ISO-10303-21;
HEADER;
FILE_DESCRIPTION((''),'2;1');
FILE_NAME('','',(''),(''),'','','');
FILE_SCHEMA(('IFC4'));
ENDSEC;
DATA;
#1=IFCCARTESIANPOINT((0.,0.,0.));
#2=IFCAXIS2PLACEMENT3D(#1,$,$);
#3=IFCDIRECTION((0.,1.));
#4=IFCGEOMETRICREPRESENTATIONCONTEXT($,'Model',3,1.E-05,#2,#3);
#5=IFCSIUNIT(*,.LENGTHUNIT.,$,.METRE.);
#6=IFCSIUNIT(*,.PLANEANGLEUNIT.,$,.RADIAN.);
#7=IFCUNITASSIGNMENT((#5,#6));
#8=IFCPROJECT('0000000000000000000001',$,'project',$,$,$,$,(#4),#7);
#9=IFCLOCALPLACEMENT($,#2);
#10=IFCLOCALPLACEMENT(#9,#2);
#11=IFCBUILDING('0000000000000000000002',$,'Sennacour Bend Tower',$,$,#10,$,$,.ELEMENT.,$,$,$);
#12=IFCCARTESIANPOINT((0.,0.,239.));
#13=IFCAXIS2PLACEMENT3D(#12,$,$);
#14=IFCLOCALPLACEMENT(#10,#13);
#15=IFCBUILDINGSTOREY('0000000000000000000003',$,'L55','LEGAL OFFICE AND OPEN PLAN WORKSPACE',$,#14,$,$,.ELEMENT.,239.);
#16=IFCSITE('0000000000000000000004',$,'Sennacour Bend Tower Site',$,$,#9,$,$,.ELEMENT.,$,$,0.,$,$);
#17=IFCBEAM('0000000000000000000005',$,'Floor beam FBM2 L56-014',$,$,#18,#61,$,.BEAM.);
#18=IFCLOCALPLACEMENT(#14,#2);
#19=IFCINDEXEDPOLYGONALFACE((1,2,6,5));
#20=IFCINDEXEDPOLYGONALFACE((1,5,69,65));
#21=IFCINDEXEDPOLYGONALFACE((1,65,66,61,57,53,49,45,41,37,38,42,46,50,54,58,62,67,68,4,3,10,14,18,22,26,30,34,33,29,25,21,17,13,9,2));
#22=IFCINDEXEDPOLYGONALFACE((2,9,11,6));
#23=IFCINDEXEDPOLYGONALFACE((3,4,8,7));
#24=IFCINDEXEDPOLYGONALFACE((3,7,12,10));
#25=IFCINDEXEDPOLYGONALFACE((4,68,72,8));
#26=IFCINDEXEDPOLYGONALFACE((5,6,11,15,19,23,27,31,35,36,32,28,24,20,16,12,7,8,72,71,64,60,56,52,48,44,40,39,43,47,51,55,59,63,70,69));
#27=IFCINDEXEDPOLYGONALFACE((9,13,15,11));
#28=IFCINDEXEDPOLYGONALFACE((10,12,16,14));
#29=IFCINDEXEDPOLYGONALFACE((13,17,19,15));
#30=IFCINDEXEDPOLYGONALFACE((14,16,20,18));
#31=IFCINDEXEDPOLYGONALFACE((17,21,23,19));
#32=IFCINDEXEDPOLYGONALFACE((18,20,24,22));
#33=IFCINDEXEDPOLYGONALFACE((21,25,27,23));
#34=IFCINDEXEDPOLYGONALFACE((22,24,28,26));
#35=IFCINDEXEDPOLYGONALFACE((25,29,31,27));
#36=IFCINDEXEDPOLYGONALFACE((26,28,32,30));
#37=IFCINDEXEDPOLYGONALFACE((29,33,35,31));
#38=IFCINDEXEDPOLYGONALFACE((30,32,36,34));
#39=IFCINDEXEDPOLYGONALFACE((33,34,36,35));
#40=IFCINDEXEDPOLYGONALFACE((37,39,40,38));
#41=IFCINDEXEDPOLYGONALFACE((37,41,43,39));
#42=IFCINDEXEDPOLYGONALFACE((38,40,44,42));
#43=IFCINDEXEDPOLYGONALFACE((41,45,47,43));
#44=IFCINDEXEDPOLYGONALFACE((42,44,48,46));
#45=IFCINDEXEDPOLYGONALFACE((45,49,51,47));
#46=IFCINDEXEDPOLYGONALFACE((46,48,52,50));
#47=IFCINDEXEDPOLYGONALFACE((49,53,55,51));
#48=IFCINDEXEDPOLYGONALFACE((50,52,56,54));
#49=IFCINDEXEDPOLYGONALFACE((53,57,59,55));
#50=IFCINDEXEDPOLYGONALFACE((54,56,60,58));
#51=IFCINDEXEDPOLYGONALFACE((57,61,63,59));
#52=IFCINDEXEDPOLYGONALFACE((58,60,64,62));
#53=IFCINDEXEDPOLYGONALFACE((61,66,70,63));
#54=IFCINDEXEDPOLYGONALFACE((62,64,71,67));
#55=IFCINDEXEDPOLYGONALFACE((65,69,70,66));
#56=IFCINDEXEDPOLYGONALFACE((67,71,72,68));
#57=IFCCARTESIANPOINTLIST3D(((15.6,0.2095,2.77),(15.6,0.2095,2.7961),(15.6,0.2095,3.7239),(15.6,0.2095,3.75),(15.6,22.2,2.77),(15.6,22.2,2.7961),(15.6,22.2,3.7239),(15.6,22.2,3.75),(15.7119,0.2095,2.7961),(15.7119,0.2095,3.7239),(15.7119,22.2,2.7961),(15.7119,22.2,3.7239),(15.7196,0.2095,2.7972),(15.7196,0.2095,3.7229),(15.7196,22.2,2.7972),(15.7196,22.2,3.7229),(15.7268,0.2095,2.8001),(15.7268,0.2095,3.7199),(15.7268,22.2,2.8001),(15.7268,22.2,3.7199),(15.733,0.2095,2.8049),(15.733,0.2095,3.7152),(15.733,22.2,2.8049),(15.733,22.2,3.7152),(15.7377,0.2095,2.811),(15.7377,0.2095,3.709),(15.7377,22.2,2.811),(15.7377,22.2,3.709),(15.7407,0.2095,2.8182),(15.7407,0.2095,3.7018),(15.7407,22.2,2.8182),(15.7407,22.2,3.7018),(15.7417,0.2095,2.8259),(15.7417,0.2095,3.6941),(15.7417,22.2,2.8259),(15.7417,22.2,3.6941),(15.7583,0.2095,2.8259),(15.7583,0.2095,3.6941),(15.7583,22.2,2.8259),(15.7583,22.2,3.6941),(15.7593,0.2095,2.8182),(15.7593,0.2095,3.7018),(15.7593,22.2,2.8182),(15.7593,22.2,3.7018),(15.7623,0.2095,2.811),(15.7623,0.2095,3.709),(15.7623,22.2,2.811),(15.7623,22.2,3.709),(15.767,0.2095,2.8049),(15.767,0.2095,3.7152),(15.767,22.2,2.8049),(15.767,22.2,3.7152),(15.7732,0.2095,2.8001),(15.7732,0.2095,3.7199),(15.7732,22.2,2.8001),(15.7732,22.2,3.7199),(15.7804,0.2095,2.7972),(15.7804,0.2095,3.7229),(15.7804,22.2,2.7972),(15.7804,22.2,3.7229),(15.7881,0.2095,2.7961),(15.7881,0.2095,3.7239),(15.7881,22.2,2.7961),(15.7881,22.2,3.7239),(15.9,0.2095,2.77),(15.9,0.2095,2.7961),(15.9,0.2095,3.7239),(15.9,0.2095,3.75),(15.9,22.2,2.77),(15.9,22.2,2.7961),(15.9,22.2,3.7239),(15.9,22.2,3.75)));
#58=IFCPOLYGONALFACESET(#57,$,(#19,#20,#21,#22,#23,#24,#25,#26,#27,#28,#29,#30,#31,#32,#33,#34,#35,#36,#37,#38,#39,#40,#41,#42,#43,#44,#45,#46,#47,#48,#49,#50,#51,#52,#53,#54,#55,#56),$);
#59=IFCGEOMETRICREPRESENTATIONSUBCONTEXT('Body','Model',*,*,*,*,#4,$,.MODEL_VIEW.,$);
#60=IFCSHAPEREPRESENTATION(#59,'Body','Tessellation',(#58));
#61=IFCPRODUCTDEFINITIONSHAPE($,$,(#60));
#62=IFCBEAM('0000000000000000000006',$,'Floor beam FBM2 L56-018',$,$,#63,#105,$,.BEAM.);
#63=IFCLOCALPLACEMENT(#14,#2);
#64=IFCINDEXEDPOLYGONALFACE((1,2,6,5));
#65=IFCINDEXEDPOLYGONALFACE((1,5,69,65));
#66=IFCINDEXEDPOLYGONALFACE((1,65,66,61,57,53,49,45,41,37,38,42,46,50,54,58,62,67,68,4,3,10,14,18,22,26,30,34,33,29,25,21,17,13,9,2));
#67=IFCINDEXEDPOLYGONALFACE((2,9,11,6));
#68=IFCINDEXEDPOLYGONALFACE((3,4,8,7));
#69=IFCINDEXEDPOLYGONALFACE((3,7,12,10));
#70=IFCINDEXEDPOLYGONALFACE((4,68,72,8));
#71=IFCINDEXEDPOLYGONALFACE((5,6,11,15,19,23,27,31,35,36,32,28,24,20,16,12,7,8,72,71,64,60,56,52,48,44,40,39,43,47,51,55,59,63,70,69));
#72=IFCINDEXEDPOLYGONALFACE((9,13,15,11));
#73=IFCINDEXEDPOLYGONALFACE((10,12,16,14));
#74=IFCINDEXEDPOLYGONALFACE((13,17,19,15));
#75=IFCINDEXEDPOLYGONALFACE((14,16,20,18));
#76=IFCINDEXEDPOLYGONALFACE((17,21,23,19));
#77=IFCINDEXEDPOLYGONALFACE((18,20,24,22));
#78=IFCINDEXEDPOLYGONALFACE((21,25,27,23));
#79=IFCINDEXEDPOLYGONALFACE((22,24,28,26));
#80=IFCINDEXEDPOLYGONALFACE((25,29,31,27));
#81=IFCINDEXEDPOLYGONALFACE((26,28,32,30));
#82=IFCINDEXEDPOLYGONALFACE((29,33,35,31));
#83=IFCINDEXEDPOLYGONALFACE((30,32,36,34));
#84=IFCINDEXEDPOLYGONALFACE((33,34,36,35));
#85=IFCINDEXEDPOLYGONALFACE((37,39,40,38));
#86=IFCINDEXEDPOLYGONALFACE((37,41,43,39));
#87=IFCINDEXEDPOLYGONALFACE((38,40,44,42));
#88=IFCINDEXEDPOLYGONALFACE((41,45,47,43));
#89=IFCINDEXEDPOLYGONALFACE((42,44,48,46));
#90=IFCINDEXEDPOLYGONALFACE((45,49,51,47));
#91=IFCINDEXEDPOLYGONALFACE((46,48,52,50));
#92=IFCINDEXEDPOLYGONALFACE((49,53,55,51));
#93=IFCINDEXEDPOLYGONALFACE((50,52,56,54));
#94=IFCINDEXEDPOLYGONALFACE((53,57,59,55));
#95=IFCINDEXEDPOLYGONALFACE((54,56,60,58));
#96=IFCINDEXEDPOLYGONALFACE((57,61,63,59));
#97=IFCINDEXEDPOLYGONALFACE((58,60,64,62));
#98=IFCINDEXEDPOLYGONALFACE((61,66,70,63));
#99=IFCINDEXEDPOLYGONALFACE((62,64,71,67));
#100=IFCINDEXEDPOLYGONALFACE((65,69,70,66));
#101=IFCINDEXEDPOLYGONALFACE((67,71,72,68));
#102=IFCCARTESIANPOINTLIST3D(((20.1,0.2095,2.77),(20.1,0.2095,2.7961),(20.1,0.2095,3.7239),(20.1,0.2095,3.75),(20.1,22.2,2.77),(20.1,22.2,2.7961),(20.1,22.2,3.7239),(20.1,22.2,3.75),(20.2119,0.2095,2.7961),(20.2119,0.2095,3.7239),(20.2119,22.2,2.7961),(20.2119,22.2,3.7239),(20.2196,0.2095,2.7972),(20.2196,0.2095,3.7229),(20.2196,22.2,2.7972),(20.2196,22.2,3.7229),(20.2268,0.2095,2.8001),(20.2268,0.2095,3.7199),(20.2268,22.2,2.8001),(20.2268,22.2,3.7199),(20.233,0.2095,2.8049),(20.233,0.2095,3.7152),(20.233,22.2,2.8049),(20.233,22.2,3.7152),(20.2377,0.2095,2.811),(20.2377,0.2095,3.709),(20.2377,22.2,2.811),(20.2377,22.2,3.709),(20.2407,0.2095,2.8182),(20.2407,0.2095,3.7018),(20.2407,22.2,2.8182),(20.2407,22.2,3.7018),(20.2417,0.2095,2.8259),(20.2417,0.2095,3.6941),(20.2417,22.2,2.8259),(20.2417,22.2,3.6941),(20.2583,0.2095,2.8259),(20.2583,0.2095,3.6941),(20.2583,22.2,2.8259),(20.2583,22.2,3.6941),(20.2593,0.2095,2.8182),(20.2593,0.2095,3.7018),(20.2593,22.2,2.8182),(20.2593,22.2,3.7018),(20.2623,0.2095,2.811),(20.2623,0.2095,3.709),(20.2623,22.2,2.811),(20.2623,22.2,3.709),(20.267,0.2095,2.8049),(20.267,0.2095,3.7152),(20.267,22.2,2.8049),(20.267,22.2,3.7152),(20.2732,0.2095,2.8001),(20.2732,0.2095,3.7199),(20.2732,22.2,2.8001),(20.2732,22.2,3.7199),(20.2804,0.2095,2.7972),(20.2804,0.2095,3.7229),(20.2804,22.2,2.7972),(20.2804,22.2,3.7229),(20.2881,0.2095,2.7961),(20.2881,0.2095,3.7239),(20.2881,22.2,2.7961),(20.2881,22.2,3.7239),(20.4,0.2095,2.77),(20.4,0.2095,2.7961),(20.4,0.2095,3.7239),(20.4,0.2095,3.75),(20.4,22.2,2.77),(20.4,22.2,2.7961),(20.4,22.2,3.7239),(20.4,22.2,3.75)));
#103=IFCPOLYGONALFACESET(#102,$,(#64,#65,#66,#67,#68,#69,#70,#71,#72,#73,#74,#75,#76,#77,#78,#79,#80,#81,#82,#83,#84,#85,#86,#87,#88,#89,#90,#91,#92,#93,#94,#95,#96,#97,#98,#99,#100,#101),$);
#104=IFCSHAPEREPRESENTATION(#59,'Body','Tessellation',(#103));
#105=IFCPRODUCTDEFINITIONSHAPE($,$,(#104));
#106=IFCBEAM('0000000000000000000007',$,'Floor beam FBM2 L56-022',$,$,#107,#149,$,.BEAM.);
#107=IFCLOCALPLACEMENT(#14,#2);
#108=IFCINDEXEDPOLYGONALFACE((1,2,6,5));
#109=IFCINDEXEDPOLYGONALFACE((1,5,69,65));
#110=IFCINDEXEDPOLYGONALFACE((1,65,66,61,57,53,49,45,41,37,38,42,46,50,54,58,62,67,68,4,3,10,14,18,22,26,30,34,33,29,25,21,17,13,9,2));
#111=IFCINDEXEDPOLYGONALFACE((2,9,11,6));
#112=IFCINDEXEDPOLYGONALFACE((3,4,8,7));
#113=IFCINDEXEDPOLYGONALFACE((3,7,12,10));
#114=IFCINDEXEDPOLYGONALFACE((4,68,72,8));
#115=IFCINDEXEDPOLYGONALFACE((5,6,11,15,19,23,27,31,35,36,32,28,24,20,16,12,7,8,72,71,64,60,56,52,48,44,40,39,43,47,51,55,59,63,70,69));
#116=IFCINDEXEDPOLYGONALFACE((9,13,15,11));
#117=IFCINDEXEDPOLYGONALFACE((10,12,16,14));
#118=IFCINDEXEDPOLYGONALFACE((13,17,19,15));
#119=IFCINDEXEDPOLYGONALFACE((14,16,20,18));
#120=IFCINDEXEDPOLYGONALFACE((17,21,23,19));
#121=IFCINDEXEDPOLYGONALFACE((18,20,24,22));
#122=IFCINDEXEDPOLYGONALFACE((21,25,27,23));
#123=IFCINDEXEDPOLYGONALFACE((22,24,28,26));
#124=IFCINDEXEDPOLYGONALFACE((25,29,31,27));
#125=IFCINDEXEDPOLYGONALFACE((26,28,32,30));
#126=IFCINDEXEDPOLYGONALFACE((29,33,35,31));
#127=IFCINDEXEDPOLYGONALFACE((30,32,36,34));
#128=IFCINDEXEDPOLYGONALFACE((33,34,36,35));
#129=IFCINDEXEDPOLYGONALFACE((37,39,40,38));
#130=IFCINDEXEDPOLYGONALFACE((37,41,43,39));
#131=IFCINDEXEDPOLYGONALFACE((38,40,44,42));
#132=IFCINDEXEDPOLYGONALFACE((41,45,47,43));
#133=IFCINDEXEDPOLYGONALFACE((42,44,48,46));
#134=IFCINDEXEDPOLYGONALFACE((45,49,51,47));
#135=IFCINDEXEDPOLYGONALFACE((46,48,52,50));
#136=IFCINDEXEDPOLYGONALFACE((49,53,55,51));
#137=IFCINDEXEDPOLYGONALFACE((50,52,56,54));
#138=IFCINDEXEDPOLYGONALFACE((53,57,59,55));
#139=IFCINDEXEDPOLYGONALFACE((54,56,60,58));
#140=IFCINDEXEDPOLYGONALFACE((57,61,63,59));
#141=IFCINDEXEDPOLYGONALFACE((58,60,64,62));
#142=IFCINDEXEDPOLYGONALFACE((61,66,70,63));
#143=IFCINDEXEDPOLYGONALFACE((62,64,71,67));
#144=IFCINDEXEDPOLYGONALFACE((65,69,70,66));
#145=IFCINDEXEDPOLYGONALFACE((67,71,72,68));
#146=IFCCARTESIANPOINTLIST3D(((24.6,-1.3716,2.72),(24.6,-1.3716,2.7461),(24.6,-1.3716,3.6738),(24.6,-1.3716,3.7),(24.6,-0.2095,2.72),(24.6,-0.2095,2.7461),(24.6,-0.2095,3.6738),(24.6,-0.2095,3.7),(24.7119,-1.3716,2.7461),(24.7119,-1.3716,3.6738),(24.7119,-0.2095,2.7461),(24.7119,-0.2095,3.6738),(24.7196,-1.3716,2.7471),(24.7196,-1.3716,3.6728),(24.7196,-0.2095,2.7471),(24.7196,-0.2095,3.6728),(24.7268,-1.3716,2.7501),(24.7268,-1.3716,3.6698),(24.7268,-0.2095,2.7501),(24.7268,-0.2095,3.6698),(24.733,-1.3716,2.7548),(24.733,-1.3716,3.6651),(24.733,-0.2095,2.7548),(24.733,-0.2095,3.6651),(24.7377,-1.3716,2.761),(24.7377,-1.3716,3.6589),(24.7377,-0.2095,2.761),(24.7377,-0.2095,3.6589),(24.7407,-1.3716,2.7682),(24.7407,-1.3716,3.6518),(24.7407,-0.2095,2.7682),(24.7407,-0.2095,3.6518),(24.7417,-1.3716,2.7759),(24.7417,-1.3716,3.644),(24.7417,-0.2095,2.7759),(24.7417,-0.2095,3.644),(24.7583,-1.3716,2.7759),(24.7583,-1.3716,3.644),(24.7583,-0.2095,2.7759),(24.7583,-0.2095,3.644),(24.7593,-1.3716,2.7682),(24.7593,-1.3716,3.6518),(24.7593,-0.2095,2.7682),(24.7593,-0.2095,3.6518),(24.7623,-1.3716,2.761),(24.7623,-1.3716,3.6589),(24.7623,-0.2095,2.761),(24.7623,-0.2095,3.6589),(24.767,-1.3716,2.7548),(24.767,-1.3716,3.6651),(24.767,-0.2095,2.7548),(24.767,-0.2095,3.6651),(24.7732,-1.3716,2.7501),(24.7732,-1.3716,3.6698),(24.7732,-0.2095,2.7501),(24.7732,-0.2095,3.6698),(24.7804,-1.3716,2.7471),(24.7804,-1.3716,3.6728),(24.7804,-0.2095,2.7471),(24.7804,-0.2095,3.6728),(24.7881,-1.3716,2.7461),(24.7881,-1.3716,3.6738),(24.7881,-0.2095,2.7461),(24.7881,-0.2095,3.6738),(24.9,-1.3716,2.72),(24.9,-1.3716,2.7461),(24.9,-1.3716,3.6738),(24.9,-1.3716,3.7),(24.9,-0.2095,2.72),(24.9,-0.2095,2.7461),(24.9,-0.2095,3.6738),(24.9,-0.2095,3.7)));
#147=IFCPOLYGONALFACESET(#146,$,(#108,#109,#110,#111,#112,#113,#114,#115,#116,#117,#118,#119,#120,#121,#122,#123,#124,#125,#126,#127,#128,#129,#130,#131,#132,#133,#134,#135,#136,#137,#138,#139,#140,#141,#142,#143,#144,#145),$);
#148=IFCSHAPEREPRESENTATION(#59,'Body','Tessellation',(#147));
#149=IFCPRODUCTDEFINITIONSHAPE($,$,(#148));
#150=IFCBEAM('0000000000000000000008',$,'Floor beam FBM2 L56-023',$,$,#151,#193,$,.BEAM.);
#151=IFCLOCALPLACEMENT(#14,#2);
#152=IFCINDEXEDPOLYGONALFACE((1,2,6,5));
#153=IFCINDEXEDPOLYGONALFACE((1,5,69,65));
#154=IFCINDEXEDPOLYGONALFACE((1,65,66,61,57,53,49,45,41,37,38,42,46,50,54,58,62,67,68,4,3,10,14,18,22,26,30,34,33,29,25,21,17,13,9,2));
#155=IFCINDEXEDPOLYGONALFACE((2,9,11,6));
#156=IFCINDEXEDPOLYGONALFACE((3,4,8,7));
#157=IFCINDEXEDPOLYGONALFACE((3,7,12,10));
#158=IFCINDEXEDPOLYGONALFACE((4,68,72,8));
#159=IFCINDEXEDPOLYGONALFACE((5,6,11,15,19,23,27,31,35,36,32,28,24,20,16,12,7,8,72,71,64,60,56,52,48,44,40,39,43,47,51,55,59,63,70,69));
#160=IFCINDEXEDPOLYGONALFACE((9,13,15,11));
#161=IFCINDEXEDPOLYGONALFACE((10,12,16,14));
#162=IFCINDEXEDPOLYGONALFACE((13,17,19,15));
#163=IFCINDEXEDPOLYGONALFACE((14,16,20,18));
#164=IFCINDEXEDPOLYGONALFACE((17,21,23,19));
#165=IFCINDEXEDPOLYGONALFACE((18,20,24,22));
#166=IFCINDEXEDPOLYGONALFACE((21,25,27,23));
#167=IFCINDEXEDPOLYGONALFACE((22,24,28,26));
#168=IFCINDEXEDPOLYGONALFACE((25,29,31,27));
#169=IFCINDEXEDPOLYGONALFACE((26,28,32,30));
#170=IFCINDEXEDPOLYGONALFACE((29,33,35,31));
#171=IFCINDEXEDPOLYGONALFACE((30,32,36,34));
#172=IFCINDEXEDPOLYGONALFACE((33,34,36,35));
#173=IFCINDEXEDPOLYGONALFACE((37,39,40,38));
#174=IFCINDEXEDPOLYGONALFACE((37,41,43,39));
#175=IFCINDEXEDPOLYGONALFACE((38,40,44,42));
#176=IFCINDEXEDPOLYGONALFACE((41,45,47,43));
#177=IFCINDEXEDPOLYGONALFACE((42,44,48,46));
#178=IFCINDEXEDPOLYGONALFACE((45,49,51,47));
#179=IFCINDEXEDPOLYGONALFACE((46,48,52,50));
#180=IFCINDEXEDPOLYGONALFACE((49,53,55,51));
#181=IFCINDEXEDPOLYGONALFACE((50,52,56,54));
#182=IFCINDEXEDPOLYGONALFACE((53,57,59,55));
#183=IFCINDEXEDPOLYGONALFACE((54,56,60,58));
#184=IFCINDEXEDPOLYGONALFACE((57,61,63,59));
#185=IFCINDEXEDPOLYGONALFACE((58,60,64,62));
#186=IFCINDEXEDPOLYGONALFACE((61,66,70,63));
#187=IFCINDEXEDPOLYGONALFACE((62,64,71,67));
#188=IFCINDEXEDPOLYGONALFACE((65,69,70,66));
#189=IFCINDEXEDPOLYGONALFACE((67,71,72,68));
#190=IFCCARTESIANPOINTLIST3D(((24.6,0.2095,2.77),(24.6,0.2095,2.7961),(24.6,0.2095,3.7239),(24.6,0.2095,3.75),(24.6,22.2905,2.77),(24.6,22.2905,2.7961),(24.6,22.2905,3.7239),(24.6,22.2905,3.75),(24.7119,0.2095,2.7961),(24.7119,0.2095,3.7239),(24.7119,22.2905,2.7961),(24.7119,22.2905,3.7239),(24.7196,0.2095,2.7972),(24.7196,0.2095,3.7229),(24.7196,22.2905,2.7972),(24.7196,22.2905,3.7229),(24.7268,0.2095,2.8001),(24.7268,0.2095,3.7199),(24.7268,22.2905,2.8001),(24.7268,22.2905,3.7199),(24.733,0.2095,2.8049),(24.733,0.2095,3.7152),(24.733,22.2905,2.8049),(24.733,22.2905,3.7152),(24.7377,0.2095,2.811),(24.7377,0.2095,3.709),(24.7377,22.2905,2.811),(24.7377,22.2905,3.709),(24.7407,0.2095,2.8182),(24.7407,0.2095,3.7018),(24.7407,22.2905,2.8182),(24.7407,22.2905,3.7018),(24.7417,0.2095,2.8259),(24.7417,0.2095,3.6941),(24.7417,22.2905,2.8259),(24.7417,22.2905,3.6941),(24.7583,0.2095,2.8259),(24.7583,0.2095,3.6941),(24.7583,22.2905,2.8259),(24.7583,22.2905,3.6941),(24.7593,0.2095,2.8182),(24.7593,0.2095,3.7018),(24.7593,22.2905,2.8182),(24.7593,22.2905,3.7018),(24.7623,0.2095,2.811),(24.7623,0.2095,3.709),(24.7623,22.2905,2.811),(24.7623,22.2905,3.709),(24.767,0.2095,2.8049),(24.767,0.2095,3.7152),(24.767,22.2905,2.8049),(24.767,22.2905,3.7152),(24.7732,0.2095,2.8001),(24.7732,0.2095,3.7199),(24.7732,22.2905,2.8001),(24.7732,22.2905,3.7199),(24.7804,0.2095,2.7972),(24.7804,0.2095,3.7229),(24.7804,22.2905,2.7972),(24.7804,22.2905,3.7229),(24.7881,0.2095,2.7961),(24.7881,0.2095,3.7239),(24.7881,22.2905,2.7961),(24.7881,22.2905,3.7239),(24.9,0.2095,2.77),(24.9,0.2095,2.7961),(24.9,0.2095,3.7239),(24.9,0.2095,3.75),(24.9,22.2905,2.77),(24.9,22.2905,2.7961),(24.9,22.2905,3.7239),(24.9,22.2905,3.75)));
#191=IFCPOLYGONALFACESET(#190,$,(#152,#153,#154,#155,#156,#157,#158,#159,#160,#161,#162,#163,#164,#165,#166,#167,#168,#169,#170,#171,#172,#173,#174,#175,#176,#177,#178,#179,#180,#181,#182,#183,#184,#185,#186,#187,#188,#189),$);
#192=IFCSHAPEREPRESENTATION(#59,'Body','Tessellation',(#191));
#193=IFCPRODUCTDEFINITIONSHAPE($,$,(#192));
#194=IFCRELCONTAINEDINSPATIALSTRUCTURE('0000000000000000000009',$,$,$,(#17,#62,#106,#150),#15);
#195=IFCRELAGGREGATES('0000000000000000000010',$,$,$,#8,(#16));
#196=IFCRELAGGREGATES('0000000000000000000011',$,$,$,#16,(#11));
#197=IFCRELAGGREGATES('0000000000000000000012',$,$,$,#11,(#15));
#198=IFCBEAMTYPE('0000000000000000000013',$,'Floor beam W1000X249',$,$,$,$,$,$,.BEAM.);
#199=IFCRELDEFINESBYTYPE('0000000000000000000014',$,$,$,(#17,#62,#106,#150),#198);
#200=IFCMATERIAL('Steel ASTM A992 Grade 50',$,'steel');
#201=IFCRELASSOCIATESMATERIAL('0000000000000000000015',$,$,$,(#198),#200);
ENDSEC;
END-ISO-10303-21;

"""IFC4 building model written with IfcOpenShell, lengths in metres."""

from ifc_helpers import new_model, si_unit, direction, frame, origin, origin_2d, place, context, subcontext, project, spatial, i_section, extrude, material, material_profile, profile_set, type_object, element, save


model = new_model("IFC4")

# Units and contexts
model_context = context("Model", 3, precision=1e-05, world=origin(), true_north=direction((0.0, 1.0)))
body_context = subcontext(model_context, "Body", "Model", "MODEL_VIEW")
ifc_project = project(units=[si_unit("LENGTHUNIT", "METRE"), si_unit("PLANEANGLEUNIT", "RADIAN")], contexts=[model_context])

# Site, building, storey
site_placement = place(None, origin())
site = spatial("IfcSite", under=ifc_project, at=site_placement, Name="Sennacour Bend Tower Site", CompositionType="ELEMENT", RefElevation=0.0)
building_placement = place(site_placement, origin())
building = spatial("IfcBuilding", under=site, at=building_placement, Name="Sennacour Bend Tower", CompositionType="ELEMENT")
storey_placement = place(building_placement, frame((0.0, 0.0, 239.0)))
storey = spatial("IfcBuildingStorey", under=building, at=storey_placement, Name="L55", Description="LEGAL OFFICE AND OPEN PLAN WORKSPACE", CompositionType="ELEMENT", Elevation=239.0)

# Beams
ifc_material_1 = material(Name="Steel ASTM A992 Grade 50", Category="steel")
ifc_material_profile_1 = material_profile(ifc_material_1, i_section(OverallWidth=0.3, OverallDepth=0.98, WebThickness=0.0166, FlangeThickness=0.0261, FilletRadius=0.0298, at=origin_2d()), Name="Steel ASTM A992 Grade 50", Category="steel")
ifc_profile_set_1 = profile_set([ifc_material_profile_1], Name="Steel ASTM A992 Grade 50")
beam_type = type_object("IfcBeamType", Name="Floor beam W1000X249", PredefinedType="BEAM", material=ifc_profile_set_1)
for number, where, z_axis, x_axis, name in (
    (1, (15.75, 0.2095, 3.26), (0.0, 1.0, 0.0), (-1.0, 0.0, 0.0), "Floor beam FBM2 L56-014"),
    (2, (20.25, 0.2095, 3.26), (0.0, 1.0, 0.0), (-1.0, 0.0, 0.0), "Floor beam FBM2 L56-018"),
):
    element("IfcBeam", number, at=place(storey_placement, frame(where, z_axis=z_axis, x_axis=x_axis)), inside=storey, type_object=beam_type, Name=name, PredefinedType="BEAM", context=body_context, shape_type="SweptSolid", body=[
        extrude(i_section(OverallWidth=0.3, OverallDepth=0.98, WebThickness=0.0166, FlangeThickness=0.0261, FilletRadius=0.0298, at=origin_2d()), origin(), (0.0, 0.0, 1.0), 21.9905),
    ])
beam_1_placement = place(storey_placement, frame((24.75, -1.3716, 3.21), z_axis=(0.0, 1.0, 0.0), x_axis=(-1.0, 0.0, 0.0)))
element("IfcBeam", 3, at=beam_1_placement, inside=storey, type_object=beam_type, Name="Floor beam FBM2 L56-022", PredefinedType="BEAM", context=body_context, shape_type="SweptSolid", body=[
    extrude(i_section(OverallWidth=0.3, OverallDepth=0.98, WebThickness=0.0166, FlangeThickness=0.0261, FilletRadius=0.0298, at=origin_2d()), origin(), (0.0, 0.0, 1.0), 1.1621),
])
beam_2_placement = place(storey_placement, frame((24.75, 0.2095, 3.26), z_axis=(0.0, 1.0, 0.0), x_axis=(-1.0, 0.0, 0.0)))
element("IfcBeam", 4, at=beam_2_placement, inside=storey, type_object=beam_type, Name="Floor beam FBM2 L56-023", PredefinedType="BEAM", context=body_context, shape_type="SweptSolid", body=[
    extrude(i_section(OverallWidth=0.3, OverallDepth=0.98, WebThickness=0.0166, FlangeThickness=0.0261, FilletRadius=0.0298, at=origin_2d()), origin(), (0.0, 0.0, 1.0), 22.0811),
])

save(model, "model.ifc")
